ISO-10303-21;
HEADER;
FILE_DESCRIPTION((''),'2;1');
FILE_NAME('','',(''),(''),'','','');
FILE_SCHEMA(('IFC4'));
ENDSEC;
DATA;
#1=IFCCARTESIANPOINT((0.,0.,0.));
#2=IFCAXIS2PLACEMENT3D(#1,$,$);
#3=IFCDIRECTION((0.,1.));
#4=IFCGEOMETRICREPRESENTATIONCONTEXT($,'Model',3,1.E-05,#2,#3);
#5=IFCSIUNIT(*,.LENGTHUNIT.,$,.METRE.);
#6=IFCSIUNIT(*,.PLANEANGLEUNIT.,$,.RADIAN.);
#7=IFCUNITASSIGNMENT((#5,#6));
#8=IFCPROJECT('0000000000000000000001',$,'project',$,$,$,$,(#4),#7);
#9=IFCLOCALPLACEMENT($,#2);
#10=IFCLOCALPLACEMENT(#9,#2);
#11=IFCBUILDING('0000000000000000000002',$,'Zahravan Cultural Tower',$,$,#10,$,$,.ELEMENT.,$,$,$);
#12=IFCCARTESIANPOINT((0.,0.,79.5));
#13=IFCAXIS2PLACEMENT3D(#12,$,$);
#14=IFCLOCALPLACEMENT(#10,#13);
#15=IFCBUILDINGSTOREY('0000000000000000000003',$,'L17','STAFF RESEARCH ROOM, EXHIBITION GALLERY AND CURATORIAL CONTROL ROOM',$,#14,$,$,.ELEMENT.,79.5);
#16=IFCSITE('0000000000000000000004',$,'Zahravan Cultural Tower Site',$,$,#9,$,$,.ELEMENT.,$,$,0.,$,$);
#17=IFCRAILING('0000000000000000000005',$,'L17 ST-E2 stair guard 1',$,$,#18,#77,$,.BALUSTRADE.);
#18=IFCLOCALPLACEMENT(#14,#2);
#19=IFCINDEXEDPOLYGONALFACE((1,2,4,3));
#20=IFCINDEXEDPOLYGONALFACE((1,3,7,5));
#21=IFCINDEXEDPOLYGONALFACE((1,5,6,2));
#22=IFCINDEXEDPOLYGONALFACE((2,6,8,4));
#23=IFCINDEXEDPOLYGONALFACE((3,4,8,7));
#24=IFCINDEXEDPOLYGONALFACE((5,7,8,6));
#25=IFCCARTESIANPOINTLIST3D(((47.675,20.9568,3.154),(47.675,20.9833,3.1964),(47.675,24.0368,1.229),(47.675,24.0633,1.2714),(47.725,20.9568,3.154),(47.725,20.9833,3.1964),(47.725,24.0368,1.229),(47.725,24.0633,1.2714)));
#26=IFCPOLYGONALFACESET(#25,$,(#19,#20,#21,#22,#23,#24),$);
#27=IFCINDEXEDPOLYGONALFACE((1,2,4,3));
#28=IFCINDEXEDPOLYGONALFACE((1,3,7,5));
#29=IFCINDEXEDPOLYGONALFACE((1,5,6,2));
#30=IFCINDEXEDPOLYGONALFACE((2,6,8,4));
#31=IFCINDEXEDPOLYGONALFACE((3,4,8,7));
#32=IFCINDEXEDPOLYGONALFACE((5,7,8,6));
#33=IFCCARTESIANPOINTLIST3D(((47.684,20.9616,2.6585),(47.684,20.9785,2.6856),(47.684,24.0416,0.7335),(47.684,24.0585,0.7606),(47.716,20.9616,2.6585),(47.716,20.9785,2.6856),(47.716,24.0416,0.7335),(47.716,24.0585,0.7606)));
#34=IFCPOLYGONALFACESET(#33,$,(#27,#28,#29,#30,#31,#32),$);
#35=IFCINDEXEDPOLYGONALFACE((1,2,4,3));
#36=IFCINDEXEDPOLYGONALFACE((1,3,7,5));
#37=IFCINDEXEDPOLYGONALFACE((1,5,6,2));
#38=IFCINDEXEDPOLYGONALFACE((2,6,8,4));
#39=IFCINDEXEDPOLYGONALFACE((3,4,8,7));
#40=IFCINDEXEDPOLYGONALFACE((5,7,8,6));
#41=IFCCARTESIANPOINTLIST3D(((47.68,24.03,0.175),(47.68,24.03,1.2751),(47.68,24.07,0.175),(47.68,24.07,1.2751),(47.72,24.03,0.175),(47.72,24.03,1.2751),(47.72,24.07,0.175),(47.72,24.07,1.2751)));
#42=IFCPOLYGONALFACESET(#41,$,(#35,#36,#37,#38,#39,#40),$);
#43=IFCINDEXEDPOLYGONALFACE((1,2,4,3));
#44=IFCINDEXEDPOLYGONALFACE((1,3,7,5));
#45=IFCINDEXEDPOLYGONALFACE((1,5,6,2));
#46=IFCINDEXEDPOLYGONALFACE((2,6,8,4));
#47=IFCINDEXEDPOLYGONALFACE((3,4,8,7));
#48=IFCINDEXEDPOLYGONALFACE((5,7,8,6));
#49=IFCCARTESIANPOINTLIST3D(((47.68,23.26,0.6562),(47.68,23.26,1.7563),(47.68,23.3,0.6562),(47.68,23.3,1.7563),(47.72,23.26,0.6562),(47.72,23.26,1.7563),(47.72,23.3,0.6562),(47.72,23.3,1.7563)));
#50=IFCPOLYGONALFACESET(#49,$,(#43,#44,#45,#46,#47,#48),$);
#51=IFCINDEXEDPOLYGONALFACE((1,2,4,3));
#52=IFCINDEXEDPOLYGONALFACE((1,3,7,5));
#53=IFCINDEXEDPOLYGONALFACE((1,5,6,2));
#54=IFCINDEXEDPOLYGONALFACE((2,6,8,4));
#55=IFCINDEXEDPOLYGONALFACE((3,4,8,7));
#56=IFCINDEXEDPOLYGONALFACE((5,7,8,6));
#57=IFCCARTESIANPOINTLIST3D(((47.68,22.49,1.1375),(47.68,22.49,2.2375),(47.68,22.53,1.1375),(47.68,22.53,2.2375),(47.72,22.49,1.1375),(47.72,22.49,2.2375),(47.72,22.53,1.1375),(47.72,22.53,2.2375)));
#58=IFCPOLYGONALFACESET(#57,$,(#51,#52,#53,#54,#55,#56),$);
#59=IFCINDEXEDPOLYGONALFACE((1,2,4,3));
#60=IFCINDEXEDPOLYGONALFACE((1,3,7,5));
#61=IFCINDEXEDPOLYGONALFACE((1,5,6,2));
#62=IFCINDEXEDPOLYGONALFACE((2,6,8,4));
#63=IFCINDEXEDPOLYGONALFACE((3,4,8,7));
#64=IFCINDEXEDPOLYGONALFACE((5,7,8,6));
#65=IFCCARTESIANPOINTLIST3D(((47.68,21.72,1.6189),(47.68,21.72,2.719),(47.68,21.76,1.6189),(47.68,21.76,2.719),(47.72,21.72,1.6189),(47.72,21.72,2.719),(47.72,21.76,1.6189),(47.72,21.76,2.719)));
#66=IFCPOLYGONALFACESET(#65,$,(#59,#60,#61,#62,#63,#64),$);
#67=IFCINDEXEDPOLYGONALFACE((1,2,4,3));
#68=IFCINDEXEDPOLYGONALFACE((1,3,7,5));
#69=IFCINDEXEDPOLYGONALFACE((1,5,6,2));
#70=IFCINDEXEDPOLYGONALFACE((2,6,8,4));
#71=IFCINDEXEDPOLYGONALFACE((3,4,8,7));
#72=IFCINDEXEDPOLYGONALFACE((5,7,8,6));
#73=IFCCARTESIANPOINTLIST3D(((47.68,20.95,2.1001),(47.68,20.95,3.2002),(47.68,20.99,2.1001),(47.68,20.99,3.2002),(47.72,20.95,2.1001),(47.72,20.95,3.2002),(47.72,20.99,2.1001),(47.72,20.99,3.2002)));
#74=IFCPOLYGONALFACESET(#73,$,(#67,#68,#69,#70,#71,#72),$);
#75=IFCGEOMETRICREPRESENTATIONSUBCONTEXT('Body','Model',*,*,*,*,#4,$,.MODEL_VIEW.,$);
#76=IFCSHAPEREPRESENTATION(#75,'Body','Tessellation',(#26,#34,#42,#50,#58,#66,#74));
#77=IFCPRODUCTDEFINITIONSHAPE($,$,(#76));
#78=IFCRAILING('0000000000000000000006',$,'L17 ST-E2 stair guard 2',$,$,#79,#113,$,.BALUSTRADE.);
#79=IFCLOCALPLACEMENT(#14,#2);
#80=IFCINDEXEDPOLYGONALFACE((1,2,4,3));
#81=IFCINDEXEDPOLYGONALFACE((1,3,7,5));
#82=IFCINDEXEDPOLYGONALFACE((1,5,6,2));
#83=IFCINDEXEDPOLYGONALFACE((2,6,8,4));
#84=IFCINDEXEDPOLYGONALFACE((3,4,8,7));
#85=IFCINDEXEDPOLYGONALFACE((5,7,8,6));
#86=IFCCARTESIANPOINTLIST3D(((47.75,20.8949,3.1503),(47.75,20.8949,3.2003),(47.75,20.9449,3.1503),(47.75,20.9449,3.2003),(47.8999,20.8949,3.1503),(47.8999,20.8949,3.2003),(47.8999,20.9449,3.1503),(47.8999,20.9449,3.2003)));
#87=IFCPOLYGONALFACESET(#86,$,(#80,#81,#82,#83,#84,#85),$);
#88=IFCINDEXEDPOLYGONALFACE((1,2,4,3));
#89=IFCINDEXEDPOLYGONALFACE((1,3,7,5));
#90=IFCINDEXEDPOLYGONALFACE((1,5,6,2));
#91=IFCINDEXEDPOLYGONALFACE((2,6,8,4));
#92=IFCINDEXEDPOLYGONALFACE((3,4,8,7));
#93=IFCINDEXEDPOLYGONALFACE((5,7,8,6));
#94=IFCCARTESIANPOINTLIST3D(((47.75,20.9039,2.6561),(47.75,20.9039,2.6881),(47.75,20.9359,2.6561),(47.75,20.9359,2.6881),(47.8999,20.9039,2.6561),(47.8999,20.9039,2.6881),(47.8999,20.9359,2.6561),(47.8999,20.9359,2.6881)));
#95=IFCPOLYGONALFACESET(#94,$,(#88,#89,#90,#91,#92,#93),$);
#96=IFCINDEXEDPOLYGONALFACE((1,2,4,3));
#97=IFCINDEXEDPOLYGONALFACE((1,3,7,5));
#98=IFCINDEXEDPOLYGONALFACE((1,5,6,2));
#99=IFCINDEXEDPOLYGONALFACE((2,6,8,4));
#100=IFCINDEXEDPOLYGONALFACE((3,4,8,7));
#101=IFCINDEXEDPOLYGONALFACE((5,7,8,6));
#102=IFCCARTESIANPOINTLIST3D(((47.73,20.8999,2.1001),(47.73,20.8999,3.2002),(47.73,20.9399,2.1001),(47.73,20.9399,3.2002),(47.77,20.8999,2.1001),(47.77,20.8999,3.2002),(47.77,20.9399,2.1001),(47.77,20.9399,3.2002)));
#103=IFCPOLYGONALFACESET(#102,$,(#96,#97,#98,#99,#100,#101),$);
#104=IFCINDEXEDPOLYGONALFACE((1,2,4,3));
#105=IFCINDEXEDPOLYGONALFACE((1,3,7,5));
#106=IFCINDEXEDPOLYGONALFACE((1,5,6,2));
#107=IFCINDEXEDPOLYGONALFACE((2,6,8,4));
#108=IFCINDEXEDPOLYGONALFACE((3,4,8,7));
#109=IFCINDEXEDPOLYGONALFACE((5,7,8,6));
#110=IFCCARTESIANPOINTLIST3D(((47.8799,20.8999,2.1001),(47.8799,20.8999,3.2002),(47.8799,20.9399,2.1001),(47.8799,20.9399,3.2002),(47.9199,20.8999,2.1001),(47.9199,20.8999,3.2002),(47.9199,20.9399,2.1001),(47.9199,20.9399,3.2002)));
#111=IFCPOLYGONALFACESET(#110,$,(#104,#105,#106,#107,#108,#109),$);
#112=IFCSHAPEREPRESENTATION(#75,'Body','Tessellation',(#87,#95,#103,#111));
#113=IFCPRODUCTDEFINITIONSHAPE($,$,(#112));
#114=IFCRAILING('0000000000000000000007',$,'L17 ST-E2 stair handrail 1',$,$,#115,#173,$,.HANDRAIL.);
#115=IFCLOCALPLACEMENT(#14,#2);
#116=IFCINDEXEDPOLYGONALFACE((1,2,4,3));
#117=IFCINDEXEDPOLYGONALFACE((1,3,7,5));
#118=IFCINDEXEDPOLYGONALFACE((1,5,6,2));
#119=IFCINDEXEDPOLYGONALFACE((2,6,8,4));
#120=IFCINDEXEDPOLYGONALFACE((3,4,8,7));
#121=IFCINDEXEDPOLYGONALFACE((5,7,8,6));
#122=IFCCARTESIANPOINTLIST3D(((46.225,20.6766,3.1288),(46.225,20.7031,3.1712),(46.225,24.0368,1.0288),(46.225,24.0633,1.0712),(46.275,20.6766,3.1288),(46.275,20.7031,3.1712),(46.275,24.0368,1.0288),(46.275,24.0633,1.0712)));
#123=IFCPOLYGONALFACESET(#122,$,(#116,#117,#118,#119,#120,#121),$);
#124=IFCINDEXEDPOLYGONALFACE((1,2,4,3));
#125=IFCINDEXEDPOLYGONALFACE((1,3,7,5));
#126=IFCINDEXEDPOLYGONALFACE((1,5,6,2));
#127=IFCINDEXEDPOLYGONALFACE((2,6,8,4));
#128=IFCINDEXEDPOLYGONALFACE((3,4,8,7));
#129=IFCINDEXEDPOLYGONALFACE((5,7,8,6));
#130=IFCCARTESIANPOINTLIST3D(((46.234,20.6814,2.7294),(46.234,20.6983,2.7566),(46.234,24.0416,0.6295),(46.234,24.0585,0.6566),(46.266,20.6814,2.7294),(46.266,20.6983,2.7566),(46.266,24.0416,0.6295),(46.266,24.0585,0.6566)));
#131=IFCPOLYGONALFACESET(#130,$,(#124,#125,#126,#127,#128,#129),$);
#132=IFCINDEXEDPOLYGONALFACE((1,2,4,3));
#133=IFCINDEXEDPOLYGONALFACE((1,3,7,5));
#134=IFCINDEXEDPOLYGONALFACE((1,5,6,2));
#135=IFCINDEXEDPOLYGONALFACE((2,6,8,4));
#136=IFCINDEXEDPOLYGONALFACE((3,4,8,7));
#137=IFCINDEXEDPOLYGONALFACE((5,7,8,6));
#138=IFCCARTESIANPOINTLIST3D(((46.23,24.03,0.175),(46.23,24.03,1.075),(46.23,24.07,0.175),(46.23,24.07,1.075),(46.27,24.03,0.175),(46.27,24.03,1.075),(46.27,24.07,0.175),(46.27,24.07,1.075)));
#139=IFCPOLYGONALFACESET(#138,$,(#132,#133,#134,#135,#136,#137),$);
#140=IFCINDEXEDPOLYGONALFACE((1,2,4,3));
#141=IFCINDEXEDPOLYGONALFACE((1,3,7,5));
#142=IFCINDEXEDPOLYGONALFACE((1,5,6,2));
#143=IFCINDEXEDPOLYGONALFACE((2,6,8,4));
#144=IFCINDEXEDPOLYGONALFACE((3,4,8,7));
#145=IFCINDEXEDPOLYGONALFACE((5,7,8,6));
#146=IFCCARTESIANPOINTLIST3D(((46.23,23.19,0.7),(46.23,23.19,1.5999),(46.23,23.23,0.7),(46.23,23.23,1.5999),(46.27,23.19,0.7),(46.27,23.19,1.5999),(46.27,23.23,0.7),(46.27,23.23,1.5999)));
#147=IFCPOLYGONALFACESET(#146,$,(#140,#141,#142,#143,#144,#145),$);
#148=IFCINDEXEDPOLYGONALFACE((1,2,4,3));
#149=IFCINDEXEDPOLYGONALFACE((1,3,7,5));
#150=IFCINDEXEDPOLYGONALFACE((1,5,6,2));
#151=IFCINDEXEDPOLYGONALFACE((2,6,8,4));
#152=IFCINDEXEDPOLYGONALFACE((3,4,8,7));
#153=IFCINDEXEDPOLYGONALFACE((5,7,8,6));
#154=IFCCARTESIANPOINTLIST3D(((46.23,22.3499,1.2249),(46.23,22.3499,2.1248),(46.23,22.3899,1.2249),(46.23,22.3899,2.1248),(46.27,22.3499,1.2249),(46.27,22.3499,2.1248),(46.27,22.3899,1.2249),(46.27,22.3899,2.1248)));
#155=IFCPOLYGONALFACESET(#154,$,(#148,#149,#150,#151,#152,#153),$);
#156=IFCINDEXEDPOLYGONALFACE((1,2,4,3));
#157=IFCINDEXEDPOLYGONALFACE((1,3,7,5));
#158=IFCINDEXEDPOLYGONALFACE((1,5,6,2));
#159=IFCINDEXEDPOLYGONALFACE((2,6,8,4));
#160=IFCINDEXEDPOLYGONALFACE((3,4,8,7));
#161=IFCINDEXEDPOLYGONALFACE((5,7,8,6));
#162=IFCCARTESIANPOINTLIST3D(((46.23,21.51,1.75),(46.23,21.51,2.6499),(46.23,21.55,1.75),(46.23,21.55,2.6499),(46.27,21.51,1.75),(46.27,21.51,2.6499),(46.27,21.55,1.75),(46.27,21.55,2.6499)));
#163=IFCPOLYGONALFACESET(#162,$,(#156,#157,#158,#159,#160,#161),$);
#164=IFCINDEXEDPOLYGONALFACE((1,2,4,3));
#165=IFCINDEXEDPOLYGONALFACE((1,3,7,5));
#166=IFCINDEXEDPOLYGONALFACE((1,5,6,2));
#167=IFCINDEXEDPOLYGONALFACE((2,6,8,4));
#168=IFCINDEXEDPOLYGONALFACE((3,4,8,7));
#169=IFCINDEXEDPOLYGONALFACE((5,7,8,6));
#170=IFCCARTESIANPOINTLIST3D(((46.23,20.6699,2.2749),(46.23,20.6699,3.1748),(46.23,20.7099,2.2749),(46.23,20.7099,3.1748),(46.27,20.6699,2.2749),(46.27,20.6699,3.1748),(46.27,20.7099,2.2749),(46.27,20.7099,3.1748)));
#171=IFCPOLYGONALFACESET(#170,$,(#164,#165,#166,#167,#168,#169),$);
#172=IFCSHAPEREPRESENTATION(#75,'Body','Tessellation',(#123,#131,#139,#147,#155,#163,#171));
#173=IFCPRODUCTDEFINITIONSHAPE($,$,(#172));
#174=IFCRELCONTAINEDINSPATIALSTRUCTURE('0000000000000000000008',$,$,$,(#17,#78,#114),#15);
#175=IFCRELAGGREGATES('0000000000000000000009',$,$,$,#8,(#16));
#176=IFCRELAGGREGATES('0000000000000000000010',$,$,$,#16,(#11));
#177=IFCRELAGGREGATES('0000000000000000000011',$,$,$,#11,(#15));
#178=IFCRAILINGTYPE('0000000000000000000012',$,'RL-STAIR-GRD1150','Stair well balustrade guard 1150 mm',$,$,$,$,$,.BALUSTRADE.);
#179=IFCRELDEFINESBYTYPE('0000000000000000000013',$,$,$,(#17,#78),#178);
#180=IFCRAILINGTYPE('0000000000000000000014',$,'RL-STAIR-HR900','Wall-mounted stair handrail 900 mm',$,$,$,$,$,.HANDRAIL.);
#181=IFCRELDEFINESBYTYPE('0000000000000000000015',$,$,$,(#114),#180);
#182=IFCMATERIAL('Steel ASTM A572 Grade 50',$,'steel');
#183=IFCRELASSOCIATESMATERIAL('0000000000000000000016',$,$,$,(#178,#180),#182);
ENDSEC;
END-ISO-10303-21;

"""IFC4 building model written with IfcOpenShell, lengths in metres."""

from ifc_helpers import new_model, si_unit, direction, frame, origin, origin_2d, place, context, subcontext, project, spatial, rectangle, extrude, material, type_object, element, save


model = new_model("IFC4")

# Units and contexts
model_context = context("Model", 3, precision=1e-05, world=origin(), true_north=direction((0.0, 1.0)))
body_context = subcontext(model_context, "Body", "Model", "MODEL_VIEW")
ifc_project = project(units=[si_unit("LENGTHUNIT", "METRE"), si_unit("PLANEANGLEUNIT", "RADIAN")], contexts=[model_context])

# Site, building, storey
site_placement = place(None, origin())
site = spatial("IfcSite", under=ifc_project, at=site_placement, Name="Zahravan Cultural Tower Site", CompositionType="ELEMENT", RefElevation=0.0)
building_placement = place(site_placement, origin())
building = spatial("IfcBuilding", under=site, at=building_placement, Name="Zahravan Cultural Tower", CompositionType="ELEMENT")
storey_placement = place(building_placement, frame((0.0, 0.0, 79.5)))
storey = spatial("IfcBuildingStorey", under=building, at=storey_placement, Name="L17", Description="STAFF RESEARCH ROOM, EXHIBITION GALLERY AND CURATORIAL CONTROL ROOM", CompositionType="ELEMENT", Elevation=79.5)

# Shared definitions
ifc_material_1 = material(Name="Steel ASTM A572 Grade 50", Category="steel")

# Railings
railing_type_1 = type_object("IfcRailingType", Name="RL-STAIR-GRD1150", Description="Stair well balustrade guard 1150 mm", PredefinedType="BALUSTRADE", material=ifc_material_1)
railing_1_placement = place(storey_placement, frame((47.7, 24.05, 0.175)))
element("IfcRailing", 1, at=railing_1_placement, inside=storey, type_object=railing_type_1, Name="L17 ST-E2 stair guard 1", PredefinedType="BALUSTRADE", context=body_context, shape_type="SweptSolid", body=[
    extrude(rectangle(XDim=0.05, YDim=0.05, at=origin_2d()), frame((0.0, 0.0, 1.0752), z_axis=(0.0, -0.847998, 0.529999), x_axis=(1.0, 0.0, 0.0)), (0.0, 0.0, 1.0), 3.6321),
    extrude(rectangle(XDim=0.032, YDim=0.032, at=origin_2d()), frame((0.0, 0.0, 0.572), z_axis=(0.0, -0.847998, 0.529999), x_axis=(1.0, 0.0, 0.0)), (0.0, 0.0, 1.0), 3.6321),
    extrude(rectangle(XDim=0.04, YDim=0.04, at=origin_2d()), origin(), (0.0, 0.0, 1.0), 1.1001),
    extrude(rectangle(XDim=0.04, YDim=0.04, at=origin_2d()), frame((0.0, -0.77, 0.4812)), (0.0, 0.0, 1.0), 1.1001),
    extrude(rectangle(XDim=0.04, YDim=0.04, at=origin_2d()), frame((0.0, -1.54, 0.9624)), (0.0, 0.0, 1.0), 1.1001),
    extrude(rectangle(XDim=0.04, YDim=0.04, at=origin_2d()), frame((0.0, -2.3101, 1.4438)), (0.0, 0.0, 1.0), 1.1001),
    extrude(rectangle(XDim=0.04, YDim=0.04, at=origin_2d()), frame((0.0, -3.0801, 1.925)), (0.0, 0.0, 1.0), 1.1001),
])
railing_2_placement = place(storey_placement, frame((47.75, 20.9199, 2.1001)))
element("IfcRailing", 2, at=railing_2_placement, inside=storey, type_object=railing_type_1, Name="L17 ST-E2 stair guard 2", PredefinedType="BALUSTRADE", context=body_context, shape_type="SweptSolid", body=[
    extrude(rectangle(XDim=0.05, YDim=0.05, at=origin_2d()), frame((0.0, 0.0, 1.0752), z_axis=(1.0, 0.0, 0.0), x_axis=(0.0, 1.0, 0.0)), (0.0, 0.0, 1.0), 0.1499),
    extrude(rectangle(XDim=0.032, YDim=0.032, at=origin_2d()), frame((0.0, 0.0, 0.572), z_axis=(1.0, 0.0, 0.0), x_axis=(0.0, 1.0, 0.0)), (0.0, 0.0, 1.0), 0.1499),
    extrude(rectangle(XDim=0.04, YDim=0.04, at=origin_2d()), origin(), (0.0, 0.0, 1.0), 1.1001),
    extrude(rectangle(XDim=0.04, YDim=0.04, at=origin_2d()), frame((0.1499, 0.0, 0.0)), (0.0, 0.0, 1.0), 1.1001),
])
railing_type_2 = type_object("IfcRailingType", Name="RL-STAIR-HR900", Description="Wall-mounted stair handrail 900 mm", PredefinedType="HANDRAIL", material=ifc_material_1)
railing_3_placement = place(storey_placement, frame((46.25, 24.05, 0.175)))
element("IfcRailing", 3, at=railing_3_placement, inside=storey, type_object=railing_type_2, Name="L17 ST-E2 stair handrail 1", PredefinedType="HANDRAIL", context=body_context, shape_type="SweptSolid", body=[
    extrude(rectangle(XDim=0.05, YDim=0.05, at=origin_2d()), frame((0.0, 0.0, 0.875), z_axis=(0.0, -0.848023, 0.52996), x_axis=(1.0, 0.0, 0.0)), (0.0, 0.0, 1.0), 3.9624),
    extrude(rectangle(XDim=0.032, YDim=0.032, at=origin_2d()), frame((0.0, 0.0, 0.468), z_axis=(0.0, -0.848023, 0.52996), x_axis=(1.0, 0.0, 0.0)), (0.0, 0.0, 1.0), 3.9624),
    extrude(rectangle(XDim=0.04, YDim=0.04, at=origin_2d()), origin(), (0.0, 0.0, 1.0), 0.8999),
    extrude(rectangle(XDim=0.04, YDim=0.04, at=origin_2d()), frame((0.0, -0.8401, 0.5249)), (0.0, 0.0, 1.0), 0.8999),
    extrude(rectangle(XDim=0.04, YDim=0.04, at=origin_2d()), frame((0.0, -1.6802, 1.0498)), (0.0, 0.0, 1.0), 0.8999),
    extrude(rectangle(XDim=0.04, YDim=0.04, at=origin_2d()), frame((0.0, -2.52, 1.575)), (0.0, 0.0, 1.0), 0.8999),
    extrude(rectangle(XDim=0.04, YDim=0.04, at=origin_2d()), frame((0.0, -3.3601, 2.0999)), (0.0, 0.0, 1.0), 0.8999),
])

save(model, "model.ifc")
